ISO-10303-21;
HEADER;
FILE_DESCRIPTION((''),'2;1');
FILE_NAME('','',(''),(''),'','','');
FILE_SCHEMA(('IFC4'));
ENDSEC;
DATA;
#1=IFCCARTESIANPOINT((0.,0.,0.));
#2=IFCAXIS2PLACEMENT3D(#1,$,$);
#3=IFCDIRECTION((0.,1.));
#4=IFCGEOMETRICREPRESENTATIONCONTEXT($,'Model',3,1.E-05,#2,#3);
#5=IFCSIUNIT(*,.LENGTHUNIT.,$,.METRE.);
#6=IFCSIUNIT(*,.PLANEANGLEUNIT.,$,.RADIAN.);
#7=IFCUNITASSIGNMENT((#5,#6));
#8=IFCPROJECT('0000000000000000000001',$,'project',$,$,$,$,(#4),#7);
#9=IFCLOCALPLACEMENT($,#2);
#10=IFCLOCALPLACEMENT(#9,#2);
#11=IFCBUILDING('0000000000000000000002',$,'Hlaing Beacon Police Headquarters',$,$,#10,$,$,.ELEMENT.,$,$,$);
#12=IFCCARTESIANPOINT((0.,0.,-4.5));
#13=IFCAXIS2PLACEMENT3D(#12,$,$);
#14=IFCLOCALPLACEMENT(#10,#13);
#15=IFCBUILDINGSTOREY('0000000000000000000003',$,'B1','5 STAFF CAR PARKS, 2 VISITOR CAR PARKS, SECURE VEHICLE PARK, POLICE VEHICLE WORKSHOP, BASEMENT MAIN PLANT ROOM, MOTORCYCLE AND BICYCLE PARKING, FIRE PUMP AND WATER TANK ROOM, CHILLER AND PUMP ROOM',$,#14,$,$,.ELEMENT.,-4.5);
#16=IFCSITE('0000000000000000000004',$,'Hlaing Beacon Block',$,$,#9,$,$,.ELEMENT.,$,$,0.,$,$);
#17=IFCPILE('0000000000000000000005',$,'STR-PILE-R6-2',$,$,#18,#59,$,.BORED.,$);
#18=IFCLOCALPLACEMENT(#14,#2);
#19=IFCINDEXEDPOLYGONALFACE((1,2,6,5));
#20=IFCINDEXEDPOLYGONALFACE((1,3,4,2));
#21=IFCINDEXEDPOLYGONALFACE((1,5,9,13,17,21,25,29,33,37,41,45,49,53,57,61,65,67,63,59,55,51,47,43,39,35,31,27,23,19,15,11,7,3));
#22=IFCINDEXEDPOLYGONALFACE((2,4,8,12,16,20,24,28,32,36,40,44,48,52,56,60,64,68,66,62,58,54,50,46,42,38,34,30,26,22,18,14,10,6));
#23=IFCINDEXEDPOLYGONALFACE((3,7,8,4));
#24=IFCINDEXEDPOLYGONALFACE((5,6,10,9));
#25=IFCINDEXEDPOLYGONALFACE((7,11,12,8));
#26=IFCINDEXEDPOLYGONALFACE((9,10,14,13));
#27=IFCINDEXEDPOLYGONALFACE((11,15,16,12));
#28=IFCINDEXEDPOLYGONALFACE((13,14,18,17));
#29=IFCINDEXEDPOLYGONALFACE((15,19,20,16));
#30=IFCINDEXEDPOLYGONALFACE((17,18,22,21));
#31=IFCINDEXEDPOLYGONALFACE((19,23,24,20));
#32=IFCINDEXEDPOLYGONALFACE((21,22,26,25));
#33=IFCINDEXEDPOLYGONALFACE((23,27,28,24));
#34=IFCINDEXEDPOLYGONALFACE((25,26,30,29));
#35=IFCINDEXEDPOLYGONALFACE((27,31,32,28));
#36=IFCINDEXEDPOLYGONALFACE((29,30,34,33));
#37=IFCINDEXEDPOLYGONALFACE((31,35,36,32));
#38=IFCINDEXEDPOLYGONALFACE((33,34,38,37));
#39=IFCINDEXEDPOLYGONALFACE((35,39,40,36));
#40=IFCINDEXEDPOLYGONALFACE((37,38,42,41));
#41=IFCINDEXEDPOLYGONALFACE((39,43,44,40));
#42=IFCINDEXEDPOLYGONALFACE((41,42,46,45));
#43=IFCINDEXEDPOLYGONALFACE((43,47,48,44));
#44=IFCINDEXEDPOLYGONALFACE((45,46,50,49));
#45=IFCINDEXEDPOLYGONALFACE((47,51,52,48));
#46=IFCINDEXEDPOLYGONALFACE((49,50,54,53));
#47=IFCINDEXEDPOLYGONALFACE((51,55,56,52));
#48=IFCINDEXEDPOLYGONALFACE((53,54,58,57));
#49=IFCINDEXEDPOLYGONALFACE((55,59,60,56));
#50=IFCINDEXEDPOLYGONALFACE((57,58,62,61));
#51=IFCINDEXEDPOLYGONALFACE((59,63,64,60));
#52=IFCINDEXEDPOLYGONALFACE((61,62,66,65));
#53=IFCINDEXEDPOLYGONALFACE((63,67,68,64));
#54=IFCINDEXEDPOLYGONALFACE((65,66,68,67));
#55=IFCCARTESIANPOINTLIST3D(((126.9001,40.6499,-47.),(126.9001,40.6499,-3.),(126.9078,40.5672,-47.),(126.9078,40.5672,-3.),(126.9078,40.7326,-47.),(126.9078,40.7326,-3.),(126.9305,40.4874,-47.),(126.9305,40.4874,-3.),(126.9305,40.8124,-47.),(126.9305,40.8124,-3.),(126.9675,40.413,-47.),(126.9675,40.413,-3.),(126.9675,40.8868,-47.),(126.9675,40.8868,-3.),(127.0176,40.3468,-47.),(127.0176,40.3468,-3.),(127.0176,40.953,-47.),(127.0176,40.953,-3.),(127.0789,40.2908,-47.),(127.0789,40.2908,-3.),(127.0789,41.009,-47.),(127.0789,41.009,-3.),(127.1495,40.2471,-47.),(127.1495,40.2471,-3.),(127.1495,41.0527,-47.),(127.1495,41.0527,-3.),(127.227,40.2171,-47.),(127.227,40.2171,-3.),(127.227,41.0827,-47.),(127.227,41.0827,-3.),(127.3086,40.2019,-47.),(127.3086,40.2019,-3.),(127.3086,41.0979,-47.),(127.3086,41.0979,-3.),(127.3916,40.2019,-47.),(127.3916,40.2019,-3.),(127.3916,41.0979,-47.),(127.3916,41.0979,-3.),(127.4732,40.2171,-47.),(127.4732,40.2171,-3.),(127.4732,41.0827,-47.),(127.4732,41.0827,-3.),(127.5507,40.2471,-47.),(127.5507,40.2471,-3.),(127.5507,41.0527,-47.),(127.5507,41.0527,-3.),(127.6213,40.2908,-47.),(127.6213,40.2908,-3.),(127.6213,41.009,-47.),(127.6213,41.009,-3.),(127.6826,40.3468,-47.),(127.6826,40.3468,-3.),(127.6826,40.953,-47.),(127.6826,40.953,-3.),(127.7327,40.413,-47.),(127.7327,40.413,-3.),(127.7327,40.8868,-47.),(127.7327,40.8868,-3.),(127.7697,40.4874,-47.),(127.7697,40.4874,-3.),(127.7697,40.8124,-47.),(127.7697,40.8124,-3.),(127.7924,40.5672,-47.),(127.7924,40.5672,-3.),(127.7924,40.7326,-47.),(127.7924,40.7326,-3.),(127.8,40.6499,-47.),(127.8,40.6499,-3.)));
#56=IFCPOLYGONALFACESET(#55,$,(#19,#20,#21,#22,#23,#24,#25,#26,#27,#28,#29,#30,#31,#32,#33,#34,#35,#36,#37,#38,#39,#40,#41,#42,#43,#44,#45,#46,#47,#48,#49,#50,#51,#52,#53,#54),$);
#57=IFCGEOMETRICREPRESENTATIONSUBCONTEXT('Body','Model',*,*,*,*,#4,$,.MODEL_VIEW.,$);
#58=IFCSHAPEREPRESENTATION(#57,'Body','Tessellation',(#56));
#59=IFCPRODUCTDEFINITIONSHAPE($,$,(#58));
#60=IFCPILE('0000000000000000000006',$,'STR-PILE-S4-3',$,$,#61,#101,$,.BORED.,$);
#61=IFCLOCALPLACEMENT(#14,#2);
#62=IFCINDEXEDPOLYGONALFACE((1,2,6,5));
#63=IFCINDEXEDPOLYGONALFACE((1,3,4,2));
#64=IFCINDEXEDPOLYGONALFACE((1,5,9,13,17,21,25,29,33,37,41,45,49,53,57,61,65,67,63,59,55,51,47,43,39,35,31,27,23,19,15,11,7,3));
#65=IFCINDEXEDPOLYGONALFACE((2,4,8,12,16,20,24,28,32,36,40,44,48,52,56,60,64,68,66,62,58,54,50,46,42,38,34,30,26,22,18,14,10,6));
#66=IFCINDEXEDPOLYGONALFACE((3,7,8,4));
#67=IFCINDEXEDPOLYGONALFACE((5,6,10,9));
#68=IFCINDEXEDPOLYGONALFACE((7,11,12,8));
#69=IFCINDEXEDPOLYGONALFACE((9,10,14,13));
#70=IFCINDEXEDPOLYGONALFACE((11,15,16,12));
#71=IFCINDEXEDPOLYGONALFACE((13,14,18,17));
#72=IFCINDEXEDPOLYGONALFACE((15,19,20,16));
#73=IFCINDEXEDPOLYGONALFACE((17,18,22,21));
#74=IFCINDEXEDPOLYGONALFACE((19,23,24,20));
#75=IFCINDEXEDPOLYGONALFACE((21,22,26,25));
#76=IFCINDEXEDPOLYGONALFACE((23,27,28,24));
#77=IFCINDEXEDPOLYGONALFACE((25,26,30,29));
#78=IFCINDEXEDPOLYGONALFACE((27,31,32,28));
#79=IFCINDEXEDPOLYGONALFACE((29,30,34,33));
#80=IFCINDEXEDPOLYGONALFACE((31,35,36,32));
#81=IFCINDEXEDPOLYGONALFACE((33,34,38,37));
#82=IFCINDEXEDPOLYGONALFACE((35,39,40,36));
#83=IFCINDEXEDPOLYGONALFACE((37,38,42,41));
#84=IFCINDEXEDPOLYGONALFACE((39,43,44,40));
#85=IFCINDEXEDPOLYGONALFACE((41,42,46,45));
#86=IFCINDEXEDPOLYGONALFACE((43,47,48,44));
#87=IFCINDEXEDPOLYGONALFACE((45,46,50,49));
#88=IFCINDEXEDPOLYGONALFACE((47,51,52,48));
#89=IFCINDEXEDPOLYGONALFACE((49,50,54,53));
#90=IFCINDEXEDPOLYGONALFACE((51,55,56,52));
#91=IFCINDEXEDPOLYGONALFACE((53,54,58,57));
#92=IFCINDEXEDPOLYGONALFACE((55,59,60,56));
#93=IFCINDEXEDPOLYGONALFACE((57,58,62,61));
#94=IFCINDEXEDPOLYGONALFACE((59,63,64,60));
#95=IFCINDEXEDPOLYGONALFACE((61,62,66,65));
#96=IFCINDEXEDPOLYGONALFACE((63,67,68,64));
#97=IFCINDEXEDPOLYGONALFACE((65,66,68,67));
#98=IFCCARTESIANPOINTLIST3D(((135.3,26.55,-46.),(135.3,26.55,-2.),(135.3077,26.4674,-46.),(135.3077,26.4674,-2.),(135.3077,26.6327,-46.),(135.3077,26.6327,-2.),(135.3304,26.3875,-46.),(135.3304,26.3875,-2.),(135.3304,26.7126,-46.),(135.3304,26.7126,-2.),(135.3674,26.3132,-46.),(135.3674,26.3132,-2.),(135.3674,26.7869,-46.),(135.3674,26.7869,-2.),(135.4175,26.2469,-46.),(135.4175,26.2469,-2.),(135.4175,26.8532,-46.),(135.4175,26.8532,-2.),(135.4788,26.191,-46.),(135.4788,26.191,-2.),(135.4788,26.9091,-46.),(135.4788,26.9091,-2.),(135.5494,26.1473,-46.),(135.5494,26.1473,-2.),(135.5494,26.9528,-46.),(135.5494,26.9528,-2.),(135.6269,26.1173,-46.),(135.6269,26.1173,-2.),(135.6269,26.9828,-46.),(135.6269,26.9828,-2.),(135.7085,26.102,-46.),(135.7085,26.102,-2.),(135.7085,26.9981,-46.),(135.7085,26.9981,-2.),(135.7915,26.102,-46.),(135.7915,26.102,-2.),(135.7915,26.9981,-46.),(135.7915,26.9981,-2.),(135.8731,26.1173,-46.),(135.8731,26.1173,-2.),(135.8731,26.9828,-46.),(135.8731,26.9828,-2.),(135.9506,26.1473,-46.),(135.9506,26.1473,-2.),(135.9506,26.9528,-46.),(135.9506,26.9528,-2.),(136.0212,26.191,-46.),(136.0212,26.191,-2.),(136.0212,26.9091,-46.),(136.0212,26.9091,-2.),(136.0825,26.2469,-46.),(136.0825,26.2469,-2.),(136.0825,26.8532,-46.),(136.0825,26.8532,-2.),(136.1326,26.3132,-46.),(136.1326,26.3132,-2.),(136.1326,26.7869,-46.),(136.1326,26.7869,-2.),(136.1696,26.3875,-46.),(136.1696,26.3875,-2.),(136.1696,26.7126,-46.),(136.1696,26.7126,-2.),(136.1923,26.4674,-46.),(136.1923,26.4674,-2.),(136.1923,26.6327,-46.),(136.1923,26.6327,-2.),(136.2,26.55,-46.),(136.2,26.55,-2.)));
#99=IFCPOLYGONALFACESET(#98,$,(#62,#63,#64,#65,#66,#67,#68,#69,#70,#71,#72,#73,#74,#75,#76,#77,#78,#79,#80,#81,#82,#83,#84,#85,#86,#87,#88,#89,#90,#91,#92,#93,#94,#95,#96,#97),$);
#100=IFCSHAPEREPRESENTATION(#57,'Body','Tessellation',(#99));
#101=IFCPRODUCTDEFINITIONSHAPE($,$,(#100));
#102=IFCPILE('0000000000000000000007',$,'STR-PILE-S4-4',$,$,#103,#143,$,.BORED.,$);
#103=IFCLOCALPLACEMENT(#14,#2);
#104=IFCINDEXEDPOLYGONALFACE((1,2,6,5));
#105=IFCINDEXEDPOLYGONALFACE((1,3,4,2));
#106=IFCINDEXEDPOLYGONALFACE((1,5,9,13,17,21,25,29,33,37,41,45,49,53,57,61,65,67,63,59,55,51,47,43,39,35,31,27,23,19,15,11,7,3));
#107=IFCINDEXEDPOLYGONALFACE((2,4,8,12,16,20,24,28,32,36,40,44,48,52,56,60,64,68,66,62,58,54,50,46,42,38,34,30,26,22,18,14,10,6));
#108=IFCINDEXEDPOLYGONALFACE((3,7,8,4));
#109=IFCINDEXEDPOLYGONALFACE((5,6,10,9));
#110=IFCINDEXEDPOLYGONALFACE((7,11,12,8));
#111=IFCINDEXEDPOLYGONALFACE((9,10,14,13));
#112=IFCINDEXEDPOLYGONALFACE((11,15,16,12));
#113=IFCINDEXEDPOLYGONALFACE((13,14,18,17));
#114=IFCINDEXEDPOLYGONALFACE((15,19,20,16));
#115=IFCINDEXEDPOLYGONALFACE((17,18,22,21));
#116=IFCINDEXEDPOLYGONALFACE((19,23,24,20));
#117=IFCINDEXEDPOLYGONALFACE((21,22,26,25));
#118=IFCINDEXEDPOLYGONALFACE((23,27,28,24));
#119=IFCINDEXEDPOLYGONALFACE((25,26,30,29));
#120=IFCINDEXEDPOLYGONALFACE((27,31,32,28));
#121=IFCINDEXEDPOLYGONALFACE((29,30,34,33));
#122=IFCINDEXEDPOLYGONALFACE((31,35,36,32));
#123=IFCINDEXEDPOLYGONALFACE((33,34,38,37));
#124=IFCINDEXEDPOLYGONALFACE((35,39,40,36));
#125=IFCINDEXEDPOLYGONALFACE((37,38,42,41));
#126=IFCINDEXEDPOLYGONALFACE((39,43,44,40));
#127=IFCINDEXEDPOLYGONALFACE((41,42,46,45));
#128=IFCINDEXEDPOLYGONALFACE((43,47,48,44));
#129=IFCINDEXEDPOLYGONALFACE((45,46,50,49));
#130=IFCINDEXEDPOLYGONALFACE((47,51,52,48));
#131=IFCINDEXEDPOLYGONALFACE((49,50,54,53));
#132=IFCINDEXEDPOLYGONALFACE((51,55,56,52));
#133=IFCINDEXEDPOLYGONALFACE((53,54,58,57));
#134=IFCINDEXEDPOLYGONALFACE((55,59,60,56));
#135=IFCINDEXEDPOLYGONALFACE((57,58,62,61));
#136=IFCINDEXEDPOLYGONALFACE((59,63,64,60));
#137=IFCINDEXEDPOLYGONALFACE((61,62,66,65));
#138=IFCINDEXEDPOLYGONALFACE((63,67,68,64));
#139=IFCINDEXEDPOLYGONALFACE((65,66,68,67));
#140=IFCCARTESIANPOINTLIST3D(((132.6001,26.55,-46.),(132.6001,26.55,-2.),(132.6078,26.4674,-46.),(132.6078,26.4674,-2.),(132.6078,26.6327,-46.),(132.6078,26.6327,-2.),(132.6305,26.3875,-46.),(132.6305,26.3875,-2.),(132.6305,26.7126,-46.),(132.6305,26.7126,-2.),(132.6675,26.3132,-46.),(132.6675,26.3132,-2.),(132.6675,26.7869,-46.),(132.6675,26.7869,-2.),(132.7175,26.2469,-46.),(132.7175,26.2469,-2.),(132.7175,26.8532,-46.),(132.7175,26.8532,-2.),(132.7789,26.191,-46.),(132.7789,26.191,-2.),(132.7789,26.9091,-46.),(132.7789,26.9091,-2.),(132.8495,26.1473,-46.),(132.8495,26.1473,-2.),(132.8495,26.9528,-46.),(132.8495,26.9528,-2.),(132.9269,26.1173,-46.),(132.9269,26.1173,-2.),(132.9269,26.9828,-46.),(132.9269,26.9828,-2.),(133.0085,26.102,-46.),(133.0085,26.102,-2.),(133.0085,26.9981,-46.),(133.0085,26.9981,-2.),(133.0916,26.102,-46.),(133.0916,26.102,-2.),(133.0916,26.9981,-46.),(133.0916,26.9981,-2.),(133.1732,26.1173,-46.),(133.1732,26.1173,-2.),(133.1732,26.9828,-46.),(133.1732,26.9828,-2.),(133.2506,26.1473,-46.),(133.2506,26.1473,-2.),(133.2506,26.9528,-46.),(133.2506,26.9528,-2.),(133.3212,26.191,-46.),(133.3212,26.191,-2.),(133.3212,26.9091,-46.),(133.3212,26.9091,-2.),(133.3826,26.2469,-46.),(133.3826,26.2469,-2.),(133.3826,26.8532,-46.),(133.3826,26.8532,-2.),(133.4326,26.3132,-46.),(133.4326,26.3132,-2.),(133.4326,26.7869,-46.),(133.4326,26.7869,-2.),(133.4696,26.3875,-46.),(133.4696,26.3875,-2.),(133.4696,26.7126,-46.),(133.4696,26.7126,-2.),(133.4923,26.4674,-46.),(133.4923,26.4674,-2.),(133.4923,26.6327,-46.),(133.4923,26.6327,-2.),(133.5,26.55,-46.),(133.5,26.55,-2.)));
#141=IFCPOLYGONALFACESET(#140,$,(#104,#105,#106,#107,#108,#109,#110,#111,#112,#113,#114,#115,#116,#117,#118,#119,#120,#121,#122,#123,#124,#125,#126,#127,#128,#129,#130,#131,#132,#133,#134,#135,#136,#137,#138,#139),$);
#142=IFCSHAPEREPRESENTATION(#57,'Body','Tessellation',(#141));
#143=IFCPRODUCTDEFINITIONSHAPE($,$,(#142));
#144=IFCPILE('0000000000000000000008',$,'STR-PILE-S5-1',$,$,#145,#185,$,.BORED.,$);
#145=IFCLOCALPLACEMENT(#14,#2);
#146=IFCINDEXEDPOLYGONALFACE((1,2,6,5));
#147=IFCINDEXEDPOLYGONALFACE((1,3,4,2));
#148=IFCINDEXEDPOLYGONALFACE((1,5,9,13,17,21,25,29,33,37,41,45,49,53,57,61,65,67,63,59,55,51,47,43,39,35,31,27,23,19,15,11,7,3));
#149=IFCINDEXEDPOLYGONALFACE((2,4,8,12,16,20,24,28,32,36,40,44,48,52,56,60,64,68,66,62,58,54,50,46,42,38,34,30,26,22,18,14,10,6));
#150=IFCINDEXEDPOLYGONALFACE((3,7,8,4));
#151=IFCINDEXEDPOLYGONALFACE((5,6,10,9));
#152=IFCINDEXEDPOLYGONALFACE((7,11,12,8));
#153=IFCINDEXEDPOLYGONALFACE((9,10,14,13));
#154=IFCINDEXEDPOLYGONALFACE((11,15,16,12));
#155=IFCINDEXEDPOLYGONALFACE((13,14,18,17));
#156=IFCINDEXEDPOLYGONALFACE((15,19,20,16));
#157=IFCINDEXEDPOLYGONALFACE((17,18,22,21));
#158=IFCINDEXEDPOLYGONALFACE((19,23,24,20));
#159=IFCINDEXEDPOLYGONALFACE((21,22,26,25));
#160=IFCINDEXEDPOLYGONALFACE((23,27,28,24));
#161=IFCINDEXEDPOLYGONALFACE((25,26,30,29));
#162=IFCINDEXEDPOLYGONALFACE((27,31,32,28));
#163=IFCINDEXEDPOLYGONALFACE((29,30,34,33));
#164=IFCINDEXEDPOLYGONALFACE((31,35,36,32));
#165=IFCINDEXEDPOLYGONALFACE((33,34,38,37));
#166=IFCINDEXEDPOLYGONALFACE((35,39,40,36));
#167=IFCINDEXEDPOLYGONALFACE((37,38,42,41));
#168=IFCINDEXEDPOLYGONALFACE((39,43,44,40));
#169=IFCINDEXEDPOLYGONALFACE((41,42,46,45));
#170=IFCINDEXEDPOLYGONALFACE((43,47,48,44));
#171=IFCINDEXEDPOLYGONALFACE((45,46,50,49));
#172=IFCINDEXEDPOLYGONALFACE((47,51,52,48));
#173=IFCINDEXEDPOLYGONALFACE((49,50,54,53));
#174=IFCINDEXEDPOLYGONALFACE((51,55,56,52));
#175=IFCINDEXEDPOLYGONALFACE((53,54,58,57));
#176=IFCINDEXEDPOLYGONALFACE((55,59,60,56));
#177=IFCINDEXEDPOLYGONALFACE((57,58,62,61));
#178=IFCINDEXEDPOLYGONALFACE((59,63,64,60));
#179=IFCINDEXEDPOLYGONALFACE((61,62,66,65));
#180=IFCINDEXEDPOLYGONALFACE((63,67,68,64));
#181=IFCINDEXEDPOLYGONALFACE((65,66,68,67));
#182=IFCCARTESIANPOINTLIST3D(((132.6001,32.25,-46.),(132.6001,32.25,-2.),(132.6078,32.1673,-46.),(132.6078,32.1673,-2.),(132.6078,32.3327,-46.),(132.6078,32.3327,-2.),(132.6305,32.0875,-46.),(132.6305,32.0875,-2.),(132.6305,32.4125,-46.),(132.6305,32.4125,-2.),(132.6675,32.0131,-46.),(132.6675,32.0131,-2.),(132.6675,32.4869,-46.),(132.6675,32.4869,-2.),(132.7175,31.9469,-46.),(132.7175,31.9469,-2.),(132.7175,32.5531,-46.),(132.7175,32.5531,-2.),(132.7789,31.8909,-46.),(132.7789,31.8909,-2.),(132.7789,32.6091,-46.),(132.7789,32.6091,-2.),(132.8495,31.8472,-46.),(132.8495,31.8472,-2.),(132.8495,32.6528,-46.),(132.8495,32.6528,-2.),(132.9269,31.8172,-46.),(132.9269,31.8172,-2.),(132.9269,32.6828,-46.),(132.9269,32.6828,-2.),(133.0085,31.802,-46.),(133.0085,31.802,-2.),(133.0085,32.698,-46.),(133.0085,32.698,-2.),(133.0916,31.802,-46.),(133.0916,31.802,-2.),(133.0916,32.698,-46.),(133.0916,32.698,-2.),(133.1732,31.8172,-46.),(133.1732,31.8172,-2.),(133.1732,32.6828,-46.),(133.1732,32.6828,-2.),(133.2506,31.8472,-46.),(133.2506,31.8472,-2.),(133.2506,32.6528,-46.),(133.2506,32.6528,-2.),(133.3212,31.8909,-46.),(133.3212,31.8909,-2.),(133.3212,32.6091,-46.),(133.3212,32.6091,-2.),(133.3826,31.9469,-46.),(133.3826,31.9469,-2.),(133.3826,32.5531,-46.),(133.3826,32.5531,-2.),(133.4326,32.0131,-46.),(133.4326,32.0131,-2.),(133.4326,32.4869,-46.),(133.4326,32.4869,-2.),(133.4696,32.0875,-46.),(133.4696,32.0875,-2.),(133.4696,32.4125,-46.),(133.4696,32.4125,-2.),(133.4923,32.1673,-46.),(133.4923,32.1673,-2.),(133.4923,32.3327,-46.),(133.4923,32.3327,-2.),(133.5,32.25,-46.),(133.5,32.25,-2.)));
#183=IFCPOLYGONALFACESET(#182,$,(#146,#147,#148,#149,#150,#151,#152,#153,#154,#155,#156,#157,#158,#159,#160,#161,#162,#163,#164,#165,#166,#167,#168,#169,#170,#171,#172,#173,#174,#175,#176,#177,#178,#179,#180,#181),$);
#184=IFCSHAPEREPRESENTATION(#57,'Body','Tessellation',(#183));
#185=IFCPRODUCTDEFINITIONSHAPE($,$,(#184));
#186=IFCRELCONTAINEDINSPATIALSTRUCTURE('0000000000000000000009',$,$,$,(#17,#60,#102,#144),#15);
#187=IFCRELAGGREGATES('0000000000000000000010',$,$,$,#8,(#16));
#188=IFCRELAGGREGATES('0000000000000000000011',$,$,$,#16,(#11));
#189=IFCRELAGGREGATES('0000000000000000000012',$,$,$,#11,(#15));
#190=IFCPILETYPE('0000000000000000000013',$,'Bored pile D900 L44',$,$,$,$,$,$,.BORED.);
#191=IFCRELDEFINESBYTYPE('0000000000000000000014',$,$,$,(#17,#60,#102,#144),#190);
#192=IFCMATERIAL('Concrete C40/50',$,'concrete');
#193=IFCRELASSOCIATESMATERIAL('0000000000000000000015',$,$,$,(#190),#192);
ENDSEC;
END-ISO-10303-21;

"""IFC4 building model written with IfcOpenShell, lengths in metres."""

from ifc_helpers import new_model, si_unit, direction, frame, origin, origin_2d, place, context, subcontext, project, spatial, circle, extrude, material, material_profile, profile_set, type_object, element, save


model = new_model("IFC4")

# Units and contexts
model_context = context("Model", 3, precision=1e-05, world=origin(), true_north=direction((0.0, 1.0)))
body_context = subcontext(model_context, "Body", "Model", "MODEL_VIEW")
ifc_project = project(units=[si_unit("LENGTHUNIT", "METRE"), si_unit("PLANEANGLEUNIT", "RADIAN")], contexts=[model_context])

# Site, building, storey
site_placement = place(None, origin())
site = spatial("IfcSite", under=ifc_project, at=site_placement, Name="Hlaing Beacon Block", CompositionType="ELEMENT", RefElevation=0.0)
building_placement = place(site_placement, origin())
building = spatial("IfcBuilding", under=site, at=building_placement, Name="Hlaing Beacon Police Headquarters", CompositionType="ELEMENT")
storey_placement = place(building_placement, frame((0.0, 0.0, -4.5)))
storey = spatial("IfcBuildingStorey", under=building, at=storey_placement, Name="B1", Description="5 STAFF CAR PARKS, 2 VISITOR CAR PARKS, SECURE VEHICLE PARK, POLICE VEHICLE WORKSHOP, BASEMENT MAIN PLANT ROOM, MOTORCYCLE AND BICYCLE PARKING, FIRE PUMP AND WATER TANK ROOM, CHILLER AND PUMP ROOM", CompositionType="ELEMENT", Elevation=-4.5)

# Piles
ifc_material_1 = material(Name="Concrete C40/50", Category="concrete")
ifc_material_profile_1 = material_profile(ifc_material_1, circle(Radius=0.45, at=origin_2d()), Name="D900")
ifc_profile_set_1 = profile_set([ifc_material_profile_1], Name="Concrete C40/50")
pile_type_1 = type_object("IfcPileType", Name="Bored pile D900 L44", PredefinedType="BORED", material=ifc_profile_set_1)
for number, where, z_axis, x_axis, name in (
    (1, (127.3501, 40.6499, -3.0), (0.0, 0.0, -1.0), (1.0, 0.0, 0.0), "STR-PILE-R6-2"),
    (2, (135.75, 26.55, -2.0), (0.0, 0.0, -1.0), (1.0, 0.0, 0.0), "STR-PILE-S4-3"),
    (3, (133.05, 26.55, -2.0), (0.0, 0.0, -1.0), (1.0, 0.0, 0.0), "STR-PILE-S4-4"),
    (4, (133.05, 32.25, -2.0), (0.0, 0.0, -1.0), (1.0, 0.0, 0.0), "STR-PILE-S5-1"),
):
    element("IfcPile", number, at=place(storey_placement, frame(where, z_axis=z_axis, x_axis=x_axis)), inside=storey, type_object=pile_type_1, Name=name, PredefinedType="BORED", context=body_context, shape_type="SweptSolid", body=[
        extrude(circle(Radius=0.45, at=origin_2d()), origin(), (0.0, 0.0, 1.0), 44.0),
    ])

save(model, "model.ifc")
